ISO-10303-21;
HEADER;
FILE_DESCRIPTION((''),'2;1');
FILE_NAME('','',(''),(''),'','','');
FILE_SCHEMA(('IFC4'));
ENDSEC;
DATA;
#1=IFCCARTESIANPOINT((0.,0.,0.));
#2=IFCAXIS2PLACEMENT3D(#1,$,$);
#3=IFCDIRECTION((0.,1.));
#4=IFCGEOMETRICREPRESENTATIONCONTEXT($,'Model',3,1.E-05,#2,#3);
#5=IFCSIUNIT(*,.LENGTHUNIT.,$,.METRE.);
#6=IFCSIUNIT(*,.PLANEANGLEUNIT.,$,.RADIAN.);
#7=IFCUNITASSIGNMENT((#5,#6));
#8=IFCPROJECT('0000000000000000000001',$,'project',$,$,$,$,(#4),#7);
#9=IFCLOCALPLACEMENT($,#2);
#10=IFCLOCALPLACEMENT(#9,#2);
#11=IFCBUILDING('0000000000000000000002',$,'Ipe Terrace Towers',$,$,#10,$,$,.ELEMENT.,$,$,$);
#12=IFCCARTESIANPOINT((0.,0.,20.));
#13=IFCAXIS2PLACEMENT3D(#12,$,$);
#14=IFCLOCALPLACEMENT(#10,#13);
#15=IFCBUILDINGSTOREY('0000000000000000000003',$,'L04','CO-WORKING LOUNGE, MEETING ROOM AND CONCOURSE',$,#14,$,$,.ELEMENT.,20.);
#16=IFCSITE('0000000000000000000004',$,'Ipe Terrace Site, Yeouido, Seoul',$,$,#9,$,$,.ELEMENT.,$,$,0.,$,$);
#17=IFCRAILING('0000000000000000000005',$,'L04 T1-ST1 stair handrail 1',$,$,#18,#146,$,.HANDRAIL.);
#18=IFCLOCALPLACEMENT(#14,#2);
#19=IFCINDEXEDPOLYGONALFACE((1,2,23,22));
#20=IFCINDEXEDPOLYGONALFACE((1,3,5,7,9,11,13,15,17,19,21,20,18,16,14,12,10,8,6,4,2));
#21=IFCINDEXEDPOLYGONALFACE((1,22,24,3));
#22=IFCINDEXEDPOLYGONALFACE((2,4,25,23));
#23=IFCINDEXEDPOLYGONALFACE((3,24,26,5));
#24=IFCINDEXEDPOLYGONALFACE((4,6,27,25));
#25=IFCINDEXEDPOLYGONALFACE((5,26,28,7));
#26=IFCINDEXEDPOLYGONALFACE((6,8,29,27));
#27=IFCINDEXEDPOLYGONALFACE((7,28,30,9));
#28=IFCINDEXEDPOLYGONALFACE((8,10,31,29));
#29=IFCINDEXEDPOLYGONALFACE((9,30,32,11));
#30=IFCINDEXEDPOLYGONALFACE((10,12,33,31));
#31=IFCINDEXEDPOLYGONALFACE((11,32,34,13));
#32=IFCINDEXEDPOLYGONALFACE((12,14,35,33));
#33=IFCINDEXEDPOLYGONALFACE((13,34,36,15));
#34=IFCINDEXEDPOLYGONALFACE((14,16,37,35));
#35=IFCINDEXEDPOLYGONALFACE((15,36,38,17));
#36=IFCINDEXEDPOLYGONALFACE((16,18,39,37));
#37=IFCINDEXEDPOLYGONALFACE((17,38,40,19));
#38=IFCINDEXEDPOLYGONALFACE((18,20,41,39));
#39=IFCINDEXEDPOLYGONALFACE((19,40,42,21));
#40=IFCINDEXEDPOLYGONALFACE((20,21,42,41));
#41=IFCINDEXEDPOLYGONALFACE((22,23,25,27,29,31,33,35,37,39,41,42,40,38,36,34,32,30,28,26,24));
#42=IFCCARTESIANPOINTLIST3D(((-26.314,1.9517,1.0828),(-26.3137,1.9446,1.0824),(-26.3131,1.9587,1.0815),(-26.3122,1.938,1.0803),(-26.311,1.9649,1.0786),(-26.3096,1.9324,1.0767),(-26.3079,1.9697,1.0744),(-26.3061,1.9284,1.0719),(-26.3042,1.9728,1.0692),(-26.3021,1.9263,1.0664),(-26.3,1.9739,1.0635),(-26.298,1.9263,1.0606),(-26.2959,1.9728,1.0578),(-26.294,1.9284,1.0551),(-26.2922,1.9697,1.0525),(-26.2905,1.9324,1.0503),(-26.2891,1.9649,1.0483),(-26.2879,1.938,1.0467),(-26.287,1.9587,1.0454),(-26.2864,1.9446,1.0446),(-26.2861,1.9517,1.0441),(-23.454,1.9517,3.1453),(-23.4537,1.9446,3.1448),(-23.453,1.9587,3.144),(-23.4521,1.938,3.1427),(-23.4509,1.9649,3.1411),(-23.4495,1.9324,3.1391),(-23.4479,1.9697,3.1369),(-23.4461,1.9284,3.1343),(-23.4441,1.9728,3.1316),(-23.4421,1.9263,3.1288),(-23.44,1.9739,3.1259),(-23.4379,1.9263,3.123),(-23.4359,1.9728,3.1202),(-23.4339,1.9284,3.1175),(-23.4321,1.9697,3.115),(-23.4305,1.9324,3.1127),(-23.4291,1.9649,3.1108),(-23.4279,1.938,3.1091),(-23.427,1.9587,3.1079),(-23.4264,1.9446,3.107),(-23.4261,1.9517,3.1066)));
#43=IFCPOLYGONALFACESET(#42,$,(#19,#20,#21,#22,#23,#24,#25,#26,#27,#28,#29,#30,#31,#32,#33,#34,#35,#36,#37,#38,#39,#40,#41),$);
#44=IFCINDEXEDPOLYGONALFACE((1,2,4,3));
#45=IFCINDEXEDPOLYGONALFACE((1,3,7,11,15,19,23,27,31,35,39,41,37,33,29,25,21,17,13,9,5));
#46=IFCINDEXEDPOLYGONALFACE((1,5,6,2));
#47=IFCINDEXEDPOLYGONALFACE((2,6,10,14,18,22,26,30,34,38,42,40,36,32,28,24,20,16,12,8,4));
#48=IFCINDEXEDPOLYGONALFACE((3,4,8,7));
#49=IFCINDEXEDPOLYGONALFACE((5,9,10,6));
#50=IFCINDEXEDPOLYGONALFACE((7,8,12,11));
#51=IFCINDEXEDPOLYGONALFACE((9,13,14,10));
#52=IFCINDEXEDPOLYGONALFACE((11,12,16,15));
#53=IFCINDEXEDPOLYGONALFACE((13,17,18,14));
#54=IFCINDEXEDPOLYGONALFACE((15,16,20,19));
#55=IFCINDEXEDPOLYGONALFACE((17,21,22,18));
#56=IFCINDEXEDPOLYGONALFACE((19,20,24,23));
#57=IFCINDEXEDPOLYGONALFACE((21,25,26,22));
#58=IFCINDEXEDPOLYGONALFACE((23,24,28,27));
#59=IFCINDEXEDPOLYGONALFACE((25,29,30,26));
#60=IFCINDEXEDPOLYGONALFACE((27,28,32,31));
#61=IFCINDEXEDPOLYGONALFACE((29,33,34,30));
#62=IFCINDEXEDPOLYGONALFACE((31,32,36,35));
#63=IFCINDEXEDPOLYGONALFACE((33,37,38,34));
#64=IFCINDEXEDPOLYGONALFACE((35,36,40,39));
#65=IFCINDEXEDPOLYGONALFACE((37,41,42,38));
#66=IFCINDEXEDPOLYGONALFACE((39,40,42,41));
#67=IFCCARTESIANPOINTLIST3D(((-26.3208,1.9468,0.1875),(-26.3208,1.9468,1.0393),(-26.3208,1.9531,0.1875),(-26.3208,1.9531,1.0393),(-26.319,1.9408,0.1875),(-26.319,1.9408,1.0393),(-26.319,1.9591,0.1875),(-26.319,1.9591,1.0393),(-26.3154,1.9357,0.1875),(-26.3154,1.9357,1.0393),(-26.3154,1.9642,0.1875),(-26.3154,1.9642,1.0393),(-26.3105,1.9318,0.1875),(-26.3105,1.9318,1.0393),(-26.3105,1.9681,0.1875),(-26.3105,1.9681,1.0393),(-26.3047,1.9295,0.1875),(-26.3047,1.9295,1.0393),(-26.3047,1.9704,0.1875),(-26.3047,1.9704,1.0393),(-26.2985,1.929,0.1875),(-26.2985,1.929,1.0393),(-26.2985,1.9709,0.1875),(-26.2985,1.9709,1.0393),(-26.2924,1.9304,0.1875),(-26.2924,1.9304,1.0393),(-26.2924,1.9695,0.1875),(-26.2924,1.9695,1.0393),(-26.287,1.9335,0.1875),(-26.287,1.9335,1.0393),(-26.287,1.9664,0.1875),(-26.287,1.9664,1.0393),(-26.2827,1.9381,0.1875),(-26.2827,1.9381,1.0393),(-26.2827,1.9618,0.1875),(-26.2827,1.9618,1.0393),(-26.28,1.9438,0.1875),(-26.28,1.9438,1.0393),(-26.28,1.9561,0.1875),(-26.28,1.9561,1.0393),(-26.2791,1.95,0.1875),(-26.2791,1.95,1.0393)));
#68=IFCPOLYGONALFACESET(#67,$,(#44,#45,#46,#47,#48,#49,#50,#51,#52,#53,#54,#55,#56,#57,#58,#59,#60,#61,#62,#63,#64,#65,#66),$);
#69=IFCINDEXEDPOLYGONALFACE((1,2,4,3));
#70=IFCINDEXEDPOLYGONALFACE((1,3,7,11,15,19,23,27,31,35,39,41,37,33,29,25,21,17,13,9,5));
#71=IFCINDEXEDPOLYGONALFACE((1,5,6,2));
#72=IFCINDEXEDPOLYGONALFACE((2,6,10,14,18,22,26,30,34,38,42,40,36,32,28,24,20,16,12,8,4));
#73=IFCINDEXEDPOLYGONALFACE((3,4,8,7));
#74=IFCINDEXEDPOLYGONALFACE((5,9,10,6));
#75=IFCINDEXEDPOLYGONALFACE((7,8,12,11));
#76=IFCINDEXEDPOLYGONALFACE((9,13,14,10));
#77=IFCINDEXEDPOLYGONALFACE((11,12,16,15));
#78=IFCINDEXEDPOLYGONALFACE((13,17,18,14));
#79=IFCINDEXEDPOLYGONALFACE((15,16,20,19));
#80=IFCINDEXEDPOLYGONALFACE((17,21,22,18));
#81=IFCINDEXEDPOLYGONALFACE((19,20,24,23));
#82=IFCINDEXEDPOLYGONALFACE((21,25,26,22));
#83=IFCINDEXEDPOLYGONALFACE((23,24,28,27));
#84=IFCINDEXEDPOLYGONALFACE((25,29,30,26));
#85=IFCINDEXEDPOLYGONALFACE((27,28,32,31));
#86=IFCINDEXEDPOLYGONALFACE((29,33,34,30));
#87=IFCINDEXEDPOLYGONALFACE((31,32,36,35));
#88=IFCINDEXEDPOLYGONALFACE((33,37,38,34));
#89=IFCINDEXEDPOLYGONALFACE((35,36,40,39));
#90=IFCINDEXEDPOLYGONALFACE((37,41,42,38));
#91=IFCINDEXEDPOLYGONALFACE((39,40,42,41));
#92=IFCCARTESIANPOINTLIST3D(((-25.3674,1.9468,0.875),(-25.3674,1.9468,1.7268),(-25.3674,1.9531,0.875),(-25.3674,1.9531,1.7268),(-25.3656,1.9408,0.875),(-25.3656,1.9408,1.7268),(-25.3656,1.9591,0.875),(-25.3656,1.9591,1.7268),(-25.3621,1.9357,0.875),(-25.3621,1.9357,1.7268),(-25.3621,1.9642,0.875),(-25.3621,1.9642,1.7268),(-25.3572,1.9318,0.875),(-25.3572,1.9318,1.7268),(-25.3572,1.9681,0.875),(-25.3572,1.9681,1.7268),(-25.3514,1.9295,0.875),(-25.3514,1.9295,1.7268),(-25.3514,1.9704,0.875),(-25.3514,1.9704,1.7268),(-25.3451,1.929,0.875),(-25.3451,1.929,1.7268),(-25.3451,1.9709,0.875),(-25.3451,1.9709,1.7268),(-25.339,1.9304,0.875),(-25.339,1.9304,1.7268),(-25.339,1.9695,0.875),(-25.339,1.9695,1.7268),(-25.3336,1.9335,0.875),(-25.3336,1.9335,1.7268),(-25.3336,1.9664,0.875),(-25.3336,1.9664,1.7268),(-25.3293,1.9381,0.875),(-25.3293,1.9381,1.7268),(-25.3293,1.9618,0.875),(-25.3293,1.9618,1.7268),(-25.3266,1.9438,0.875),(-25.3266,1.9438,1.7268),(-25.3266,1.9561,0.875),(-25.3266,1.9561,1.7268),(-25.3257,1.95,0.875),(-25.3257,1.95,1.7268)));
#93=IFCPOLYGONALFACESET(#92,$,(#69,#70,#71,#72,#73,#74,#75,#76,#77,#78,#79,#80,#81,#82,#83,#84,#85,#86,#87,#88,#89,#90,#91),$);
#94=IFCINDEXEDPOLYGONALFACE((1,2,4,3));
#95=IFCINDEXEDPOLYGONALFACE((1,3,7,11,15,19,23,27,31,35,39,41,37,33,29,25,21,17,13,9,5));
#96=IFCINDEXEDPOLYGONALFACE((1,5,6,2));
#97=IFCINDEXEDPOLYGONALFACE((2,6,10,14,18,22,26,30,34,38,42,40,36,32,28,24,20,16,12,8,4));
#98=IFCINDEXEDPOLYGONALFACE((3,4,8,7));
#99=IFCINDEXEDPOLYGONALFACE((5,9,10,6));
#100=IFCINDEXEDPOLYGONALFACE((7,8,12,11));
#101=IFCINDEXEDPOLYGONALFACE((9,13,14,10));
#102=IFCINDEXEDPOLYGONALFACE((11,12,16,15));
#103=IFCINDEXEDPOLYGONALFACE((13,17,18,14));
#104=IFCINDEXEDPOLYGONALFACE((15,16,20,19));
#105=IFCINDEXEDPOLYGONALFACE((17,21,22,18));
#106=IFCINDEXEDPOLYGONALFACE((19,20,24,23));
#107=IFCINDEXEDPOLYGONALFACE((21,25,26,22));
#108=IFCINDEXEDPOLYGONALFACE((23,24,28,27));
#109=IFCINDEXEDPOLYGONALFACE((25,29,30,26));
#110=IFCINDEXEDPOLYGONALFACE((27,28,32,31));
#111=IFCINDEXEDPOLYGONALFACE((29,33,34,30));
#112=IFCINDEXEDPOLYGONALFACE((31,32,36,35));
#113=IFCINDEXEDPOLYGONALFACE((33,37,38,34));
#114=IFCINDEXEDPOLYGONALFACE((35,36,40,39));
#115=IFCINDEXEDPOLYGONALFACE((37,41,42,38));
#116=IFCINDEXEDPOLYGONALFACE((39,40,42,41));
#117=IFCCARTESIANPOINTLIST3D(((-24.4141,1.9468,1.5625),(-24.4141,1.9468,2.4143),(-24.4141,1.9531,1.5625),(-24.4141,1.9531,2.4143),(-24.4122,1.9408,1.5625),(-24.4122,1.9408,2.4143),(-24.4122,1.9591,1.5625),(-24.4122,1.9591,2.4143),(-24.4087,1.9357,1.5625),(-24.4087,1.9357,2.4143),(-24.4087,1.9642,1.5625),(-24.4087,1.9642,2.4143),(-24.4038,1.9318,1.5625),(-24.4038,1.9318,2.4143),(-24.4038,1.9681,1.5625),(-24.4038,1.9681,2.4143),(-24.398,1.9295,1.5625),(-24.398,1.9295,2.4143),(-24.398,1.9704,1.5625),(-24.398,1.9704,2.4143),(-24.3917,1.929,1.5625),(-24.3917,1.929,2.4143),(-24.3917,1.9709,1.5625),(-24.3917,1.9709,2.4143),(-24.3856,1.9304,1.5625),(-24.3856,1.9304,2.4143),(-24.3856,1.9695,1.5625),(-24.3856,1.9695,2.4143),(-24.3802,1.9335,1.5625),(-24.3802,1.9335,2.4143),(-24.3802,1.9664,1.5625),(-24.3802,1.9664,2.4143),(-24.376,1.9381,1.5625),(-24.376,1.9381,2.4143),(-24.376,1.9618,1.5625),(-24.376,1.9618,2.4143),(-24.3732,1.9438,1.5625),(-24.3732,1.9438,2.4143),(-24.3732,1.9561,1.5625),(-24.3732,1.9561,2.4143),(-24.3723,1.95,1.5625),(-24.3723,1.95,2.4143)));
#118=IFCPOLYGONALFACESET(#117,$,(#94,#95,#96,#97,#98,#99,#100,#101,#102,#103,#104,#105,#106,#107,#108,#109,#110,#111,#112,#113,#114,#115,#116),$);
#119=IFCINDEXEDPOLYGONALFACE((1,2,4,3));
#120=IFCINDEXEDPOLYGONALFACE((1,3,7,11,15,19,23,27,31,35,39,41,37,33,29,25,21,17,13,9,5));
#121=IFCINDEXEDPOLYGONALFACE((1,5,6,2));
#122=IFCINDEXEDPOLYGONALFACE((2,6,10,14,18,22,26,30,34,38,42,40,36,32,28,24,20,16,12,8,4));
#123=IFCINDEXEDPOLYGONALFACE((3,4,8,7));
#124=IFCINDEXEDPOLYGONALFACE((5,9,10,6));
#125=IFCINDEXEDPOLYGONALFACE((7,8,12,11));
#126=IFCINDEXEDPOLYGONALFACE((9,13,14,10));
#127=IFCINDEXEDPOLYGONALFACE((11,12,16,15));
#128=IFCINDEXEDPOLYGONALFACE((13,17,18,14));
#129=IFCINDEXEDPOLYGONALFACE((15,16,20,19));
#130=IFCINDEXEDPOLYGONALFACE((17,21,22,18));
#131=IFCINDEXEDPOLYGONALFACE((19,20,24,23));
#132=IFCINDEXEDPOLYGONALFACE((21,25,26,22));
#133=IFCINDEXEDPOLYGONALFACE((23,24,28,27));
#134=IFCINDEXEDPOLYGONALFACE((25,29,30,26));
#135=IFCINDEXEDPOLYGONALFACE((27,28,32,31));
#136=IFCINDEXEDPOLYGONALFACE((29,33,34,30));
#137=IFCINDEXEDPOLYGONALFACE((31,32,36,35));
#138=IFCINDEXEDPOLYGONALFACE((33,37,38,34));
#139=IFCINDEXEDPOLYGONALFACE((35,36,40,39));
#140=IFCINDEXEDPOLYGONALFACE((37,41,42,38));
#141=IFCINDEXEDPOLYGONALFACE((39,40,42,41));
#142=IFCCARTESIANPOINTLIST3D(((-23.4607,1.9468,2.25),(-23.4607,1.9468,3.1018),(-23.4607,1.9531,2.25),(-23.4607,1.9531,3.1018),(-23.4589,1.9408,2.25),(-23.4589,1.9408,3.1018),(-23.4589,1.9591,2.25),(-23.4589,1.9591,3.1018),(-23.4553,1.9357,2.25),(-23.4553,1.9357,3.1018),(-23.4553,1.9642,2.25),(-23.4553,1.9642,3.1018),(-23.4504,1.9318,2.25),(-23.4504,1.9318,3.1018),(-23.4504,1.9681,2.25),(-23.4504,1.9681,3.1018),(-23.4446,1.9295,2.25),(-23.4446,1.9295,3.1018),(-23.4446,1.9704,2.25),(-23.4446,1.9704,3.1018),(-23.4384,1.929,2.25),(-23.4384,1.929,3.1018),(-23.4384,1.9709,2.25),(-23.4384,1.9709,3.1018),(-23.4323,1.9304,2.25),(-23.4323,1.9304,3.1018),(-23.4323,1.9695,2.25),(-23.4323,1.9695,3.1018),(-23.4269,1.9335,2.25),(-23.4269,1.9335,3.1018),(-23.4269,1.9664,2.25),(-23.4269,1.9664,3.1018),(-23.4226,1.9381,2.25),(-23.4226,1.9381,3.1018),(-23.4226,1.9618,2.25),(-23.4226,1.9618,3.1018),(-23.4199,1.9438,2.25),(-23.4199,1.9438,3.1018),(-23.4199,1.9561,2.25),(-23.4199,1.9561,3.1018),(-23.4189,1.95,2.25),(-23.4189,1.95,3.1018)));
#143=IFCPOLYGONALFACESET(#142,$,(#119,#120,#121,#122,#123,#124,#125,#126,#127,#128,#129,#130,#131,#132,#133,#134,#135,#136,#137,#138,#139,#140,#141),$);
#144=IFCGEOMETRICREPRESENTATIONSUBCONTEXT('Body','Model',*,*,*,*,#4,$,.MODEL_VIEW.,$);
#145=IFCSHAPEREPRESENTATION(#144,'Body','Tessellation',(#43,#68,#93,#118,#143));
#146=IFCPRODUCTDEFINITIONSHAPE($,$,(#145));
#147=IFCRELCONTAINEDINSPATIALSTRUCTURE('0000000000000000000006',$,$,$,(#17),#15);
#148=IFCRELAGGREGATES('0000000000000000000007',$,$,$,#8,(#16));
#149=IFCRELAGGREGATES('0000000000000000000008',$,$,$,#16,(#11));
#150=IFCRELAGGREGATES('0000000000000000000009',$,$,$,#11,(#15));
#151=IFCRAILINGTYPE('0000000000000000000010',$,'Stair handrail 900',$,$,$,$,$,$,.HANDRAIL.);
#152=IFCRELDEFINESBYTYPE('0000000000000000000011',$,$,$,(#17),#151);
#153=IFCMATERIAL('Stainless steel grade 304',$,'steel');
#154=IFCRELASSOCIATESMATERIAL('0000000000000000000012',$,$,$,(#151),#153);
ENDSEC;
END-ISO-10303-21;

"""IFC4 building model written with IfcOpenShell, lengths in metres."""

from ifc_helpers import new_model, si_unit, direction, frame, origin, origin_2d, place, context, subcontext, project, spatial, circle, extrude, material, type_object, element, save


model = new_model("IFC4")

# Units and contexts
model_context = context("Model", 3, precision=1e-05, world=origin(), true_north=direction((0.0, 1.0)))
body_context = subcontext(model_context, "Body", "Model", "MODEL_VIEW")
ifc_project = project(units=[si_unit("LENGTHUNIT", "METRE"), si_unit("PLANEANGLEUNIT", "RADIAN")], contexts=[model_context])

# Site, building, storey
site_placement = place(None, origin())
site = spatial("IfcSite", under=ifc_project, at=site_placement, Name="Ipe Terrace Site, Yeouido, Seoul", CompositionType="ELEMENT", RefElevation=0.0)
building_placement = place(site_placement, origin())
building = spatial("IfcBuilding", under=site, at=building_placement, Name="Ipe Terrace Towers", CompositionType="ELEMENT")
storey_placement = place(building_placement, frame((0.0, 0.0, 20.0)))
storey = spatial("IfcBuildingStorey", under=building, at=storey_placement, Name="L04", Description="CO-WORKING LOUNGE, MEETING ROOM AND CONCOURSE", CompositionType="ELEMENT", Elevation=20.0)

# Railing
ifc_material_1 = material(Name="Stainless steel grade 304", Category="steel")
railing_type_1 = type_object("IfcRailingType", Name="Stair handrail 900", PredefinedType="HANDRAIL", material=ifc_material_1)
railing_1_placement = place(storey_placement, frame((-26.3, 1.95, 0.1875)))
element("IfcRailing", 1, at=railing_1_placement, inside=storey, type_object=railing_type_1, Name="L04 T1-ST1 stair handrail 1", PredefinedType="HANDRAIL", context=body_context, shape_type="SweptSolid", body=[
    extrude(circle(Radius=0.0239, at=origin_2d()), frame((0.0, 0.0, 0.876), z_axis=(0.811101, 0.0, 0.584906), x_axis=(0.0, 1.0, 0.0)), (0.0, 0.0, 1.0), 3.5261),
    extrude(circle(Radius=0.021, at=origin_2d()), origin(), (0.0, 0.0, 1.0), 0.8518),
    extrude(circle(Radius=0.021, at=origin_2d()), frame((0.9534, 0.0, 0.6875)), (0.0, 0.0, 1.0), 0.8518),
    extrude(circle(Radius=0.021, at=origin_2d()), frame((1.9067, 0.0, 1.375)), (0.0, 0.0, 1.0), 0.8518),
    extrude(circle(Radius=0.021, at=origin_2d()), frame((2.8601, 0.0, 2.0625)), (0.0, 0.0, 1.0), 0.8518),
])

save(model, "model.ifc")
